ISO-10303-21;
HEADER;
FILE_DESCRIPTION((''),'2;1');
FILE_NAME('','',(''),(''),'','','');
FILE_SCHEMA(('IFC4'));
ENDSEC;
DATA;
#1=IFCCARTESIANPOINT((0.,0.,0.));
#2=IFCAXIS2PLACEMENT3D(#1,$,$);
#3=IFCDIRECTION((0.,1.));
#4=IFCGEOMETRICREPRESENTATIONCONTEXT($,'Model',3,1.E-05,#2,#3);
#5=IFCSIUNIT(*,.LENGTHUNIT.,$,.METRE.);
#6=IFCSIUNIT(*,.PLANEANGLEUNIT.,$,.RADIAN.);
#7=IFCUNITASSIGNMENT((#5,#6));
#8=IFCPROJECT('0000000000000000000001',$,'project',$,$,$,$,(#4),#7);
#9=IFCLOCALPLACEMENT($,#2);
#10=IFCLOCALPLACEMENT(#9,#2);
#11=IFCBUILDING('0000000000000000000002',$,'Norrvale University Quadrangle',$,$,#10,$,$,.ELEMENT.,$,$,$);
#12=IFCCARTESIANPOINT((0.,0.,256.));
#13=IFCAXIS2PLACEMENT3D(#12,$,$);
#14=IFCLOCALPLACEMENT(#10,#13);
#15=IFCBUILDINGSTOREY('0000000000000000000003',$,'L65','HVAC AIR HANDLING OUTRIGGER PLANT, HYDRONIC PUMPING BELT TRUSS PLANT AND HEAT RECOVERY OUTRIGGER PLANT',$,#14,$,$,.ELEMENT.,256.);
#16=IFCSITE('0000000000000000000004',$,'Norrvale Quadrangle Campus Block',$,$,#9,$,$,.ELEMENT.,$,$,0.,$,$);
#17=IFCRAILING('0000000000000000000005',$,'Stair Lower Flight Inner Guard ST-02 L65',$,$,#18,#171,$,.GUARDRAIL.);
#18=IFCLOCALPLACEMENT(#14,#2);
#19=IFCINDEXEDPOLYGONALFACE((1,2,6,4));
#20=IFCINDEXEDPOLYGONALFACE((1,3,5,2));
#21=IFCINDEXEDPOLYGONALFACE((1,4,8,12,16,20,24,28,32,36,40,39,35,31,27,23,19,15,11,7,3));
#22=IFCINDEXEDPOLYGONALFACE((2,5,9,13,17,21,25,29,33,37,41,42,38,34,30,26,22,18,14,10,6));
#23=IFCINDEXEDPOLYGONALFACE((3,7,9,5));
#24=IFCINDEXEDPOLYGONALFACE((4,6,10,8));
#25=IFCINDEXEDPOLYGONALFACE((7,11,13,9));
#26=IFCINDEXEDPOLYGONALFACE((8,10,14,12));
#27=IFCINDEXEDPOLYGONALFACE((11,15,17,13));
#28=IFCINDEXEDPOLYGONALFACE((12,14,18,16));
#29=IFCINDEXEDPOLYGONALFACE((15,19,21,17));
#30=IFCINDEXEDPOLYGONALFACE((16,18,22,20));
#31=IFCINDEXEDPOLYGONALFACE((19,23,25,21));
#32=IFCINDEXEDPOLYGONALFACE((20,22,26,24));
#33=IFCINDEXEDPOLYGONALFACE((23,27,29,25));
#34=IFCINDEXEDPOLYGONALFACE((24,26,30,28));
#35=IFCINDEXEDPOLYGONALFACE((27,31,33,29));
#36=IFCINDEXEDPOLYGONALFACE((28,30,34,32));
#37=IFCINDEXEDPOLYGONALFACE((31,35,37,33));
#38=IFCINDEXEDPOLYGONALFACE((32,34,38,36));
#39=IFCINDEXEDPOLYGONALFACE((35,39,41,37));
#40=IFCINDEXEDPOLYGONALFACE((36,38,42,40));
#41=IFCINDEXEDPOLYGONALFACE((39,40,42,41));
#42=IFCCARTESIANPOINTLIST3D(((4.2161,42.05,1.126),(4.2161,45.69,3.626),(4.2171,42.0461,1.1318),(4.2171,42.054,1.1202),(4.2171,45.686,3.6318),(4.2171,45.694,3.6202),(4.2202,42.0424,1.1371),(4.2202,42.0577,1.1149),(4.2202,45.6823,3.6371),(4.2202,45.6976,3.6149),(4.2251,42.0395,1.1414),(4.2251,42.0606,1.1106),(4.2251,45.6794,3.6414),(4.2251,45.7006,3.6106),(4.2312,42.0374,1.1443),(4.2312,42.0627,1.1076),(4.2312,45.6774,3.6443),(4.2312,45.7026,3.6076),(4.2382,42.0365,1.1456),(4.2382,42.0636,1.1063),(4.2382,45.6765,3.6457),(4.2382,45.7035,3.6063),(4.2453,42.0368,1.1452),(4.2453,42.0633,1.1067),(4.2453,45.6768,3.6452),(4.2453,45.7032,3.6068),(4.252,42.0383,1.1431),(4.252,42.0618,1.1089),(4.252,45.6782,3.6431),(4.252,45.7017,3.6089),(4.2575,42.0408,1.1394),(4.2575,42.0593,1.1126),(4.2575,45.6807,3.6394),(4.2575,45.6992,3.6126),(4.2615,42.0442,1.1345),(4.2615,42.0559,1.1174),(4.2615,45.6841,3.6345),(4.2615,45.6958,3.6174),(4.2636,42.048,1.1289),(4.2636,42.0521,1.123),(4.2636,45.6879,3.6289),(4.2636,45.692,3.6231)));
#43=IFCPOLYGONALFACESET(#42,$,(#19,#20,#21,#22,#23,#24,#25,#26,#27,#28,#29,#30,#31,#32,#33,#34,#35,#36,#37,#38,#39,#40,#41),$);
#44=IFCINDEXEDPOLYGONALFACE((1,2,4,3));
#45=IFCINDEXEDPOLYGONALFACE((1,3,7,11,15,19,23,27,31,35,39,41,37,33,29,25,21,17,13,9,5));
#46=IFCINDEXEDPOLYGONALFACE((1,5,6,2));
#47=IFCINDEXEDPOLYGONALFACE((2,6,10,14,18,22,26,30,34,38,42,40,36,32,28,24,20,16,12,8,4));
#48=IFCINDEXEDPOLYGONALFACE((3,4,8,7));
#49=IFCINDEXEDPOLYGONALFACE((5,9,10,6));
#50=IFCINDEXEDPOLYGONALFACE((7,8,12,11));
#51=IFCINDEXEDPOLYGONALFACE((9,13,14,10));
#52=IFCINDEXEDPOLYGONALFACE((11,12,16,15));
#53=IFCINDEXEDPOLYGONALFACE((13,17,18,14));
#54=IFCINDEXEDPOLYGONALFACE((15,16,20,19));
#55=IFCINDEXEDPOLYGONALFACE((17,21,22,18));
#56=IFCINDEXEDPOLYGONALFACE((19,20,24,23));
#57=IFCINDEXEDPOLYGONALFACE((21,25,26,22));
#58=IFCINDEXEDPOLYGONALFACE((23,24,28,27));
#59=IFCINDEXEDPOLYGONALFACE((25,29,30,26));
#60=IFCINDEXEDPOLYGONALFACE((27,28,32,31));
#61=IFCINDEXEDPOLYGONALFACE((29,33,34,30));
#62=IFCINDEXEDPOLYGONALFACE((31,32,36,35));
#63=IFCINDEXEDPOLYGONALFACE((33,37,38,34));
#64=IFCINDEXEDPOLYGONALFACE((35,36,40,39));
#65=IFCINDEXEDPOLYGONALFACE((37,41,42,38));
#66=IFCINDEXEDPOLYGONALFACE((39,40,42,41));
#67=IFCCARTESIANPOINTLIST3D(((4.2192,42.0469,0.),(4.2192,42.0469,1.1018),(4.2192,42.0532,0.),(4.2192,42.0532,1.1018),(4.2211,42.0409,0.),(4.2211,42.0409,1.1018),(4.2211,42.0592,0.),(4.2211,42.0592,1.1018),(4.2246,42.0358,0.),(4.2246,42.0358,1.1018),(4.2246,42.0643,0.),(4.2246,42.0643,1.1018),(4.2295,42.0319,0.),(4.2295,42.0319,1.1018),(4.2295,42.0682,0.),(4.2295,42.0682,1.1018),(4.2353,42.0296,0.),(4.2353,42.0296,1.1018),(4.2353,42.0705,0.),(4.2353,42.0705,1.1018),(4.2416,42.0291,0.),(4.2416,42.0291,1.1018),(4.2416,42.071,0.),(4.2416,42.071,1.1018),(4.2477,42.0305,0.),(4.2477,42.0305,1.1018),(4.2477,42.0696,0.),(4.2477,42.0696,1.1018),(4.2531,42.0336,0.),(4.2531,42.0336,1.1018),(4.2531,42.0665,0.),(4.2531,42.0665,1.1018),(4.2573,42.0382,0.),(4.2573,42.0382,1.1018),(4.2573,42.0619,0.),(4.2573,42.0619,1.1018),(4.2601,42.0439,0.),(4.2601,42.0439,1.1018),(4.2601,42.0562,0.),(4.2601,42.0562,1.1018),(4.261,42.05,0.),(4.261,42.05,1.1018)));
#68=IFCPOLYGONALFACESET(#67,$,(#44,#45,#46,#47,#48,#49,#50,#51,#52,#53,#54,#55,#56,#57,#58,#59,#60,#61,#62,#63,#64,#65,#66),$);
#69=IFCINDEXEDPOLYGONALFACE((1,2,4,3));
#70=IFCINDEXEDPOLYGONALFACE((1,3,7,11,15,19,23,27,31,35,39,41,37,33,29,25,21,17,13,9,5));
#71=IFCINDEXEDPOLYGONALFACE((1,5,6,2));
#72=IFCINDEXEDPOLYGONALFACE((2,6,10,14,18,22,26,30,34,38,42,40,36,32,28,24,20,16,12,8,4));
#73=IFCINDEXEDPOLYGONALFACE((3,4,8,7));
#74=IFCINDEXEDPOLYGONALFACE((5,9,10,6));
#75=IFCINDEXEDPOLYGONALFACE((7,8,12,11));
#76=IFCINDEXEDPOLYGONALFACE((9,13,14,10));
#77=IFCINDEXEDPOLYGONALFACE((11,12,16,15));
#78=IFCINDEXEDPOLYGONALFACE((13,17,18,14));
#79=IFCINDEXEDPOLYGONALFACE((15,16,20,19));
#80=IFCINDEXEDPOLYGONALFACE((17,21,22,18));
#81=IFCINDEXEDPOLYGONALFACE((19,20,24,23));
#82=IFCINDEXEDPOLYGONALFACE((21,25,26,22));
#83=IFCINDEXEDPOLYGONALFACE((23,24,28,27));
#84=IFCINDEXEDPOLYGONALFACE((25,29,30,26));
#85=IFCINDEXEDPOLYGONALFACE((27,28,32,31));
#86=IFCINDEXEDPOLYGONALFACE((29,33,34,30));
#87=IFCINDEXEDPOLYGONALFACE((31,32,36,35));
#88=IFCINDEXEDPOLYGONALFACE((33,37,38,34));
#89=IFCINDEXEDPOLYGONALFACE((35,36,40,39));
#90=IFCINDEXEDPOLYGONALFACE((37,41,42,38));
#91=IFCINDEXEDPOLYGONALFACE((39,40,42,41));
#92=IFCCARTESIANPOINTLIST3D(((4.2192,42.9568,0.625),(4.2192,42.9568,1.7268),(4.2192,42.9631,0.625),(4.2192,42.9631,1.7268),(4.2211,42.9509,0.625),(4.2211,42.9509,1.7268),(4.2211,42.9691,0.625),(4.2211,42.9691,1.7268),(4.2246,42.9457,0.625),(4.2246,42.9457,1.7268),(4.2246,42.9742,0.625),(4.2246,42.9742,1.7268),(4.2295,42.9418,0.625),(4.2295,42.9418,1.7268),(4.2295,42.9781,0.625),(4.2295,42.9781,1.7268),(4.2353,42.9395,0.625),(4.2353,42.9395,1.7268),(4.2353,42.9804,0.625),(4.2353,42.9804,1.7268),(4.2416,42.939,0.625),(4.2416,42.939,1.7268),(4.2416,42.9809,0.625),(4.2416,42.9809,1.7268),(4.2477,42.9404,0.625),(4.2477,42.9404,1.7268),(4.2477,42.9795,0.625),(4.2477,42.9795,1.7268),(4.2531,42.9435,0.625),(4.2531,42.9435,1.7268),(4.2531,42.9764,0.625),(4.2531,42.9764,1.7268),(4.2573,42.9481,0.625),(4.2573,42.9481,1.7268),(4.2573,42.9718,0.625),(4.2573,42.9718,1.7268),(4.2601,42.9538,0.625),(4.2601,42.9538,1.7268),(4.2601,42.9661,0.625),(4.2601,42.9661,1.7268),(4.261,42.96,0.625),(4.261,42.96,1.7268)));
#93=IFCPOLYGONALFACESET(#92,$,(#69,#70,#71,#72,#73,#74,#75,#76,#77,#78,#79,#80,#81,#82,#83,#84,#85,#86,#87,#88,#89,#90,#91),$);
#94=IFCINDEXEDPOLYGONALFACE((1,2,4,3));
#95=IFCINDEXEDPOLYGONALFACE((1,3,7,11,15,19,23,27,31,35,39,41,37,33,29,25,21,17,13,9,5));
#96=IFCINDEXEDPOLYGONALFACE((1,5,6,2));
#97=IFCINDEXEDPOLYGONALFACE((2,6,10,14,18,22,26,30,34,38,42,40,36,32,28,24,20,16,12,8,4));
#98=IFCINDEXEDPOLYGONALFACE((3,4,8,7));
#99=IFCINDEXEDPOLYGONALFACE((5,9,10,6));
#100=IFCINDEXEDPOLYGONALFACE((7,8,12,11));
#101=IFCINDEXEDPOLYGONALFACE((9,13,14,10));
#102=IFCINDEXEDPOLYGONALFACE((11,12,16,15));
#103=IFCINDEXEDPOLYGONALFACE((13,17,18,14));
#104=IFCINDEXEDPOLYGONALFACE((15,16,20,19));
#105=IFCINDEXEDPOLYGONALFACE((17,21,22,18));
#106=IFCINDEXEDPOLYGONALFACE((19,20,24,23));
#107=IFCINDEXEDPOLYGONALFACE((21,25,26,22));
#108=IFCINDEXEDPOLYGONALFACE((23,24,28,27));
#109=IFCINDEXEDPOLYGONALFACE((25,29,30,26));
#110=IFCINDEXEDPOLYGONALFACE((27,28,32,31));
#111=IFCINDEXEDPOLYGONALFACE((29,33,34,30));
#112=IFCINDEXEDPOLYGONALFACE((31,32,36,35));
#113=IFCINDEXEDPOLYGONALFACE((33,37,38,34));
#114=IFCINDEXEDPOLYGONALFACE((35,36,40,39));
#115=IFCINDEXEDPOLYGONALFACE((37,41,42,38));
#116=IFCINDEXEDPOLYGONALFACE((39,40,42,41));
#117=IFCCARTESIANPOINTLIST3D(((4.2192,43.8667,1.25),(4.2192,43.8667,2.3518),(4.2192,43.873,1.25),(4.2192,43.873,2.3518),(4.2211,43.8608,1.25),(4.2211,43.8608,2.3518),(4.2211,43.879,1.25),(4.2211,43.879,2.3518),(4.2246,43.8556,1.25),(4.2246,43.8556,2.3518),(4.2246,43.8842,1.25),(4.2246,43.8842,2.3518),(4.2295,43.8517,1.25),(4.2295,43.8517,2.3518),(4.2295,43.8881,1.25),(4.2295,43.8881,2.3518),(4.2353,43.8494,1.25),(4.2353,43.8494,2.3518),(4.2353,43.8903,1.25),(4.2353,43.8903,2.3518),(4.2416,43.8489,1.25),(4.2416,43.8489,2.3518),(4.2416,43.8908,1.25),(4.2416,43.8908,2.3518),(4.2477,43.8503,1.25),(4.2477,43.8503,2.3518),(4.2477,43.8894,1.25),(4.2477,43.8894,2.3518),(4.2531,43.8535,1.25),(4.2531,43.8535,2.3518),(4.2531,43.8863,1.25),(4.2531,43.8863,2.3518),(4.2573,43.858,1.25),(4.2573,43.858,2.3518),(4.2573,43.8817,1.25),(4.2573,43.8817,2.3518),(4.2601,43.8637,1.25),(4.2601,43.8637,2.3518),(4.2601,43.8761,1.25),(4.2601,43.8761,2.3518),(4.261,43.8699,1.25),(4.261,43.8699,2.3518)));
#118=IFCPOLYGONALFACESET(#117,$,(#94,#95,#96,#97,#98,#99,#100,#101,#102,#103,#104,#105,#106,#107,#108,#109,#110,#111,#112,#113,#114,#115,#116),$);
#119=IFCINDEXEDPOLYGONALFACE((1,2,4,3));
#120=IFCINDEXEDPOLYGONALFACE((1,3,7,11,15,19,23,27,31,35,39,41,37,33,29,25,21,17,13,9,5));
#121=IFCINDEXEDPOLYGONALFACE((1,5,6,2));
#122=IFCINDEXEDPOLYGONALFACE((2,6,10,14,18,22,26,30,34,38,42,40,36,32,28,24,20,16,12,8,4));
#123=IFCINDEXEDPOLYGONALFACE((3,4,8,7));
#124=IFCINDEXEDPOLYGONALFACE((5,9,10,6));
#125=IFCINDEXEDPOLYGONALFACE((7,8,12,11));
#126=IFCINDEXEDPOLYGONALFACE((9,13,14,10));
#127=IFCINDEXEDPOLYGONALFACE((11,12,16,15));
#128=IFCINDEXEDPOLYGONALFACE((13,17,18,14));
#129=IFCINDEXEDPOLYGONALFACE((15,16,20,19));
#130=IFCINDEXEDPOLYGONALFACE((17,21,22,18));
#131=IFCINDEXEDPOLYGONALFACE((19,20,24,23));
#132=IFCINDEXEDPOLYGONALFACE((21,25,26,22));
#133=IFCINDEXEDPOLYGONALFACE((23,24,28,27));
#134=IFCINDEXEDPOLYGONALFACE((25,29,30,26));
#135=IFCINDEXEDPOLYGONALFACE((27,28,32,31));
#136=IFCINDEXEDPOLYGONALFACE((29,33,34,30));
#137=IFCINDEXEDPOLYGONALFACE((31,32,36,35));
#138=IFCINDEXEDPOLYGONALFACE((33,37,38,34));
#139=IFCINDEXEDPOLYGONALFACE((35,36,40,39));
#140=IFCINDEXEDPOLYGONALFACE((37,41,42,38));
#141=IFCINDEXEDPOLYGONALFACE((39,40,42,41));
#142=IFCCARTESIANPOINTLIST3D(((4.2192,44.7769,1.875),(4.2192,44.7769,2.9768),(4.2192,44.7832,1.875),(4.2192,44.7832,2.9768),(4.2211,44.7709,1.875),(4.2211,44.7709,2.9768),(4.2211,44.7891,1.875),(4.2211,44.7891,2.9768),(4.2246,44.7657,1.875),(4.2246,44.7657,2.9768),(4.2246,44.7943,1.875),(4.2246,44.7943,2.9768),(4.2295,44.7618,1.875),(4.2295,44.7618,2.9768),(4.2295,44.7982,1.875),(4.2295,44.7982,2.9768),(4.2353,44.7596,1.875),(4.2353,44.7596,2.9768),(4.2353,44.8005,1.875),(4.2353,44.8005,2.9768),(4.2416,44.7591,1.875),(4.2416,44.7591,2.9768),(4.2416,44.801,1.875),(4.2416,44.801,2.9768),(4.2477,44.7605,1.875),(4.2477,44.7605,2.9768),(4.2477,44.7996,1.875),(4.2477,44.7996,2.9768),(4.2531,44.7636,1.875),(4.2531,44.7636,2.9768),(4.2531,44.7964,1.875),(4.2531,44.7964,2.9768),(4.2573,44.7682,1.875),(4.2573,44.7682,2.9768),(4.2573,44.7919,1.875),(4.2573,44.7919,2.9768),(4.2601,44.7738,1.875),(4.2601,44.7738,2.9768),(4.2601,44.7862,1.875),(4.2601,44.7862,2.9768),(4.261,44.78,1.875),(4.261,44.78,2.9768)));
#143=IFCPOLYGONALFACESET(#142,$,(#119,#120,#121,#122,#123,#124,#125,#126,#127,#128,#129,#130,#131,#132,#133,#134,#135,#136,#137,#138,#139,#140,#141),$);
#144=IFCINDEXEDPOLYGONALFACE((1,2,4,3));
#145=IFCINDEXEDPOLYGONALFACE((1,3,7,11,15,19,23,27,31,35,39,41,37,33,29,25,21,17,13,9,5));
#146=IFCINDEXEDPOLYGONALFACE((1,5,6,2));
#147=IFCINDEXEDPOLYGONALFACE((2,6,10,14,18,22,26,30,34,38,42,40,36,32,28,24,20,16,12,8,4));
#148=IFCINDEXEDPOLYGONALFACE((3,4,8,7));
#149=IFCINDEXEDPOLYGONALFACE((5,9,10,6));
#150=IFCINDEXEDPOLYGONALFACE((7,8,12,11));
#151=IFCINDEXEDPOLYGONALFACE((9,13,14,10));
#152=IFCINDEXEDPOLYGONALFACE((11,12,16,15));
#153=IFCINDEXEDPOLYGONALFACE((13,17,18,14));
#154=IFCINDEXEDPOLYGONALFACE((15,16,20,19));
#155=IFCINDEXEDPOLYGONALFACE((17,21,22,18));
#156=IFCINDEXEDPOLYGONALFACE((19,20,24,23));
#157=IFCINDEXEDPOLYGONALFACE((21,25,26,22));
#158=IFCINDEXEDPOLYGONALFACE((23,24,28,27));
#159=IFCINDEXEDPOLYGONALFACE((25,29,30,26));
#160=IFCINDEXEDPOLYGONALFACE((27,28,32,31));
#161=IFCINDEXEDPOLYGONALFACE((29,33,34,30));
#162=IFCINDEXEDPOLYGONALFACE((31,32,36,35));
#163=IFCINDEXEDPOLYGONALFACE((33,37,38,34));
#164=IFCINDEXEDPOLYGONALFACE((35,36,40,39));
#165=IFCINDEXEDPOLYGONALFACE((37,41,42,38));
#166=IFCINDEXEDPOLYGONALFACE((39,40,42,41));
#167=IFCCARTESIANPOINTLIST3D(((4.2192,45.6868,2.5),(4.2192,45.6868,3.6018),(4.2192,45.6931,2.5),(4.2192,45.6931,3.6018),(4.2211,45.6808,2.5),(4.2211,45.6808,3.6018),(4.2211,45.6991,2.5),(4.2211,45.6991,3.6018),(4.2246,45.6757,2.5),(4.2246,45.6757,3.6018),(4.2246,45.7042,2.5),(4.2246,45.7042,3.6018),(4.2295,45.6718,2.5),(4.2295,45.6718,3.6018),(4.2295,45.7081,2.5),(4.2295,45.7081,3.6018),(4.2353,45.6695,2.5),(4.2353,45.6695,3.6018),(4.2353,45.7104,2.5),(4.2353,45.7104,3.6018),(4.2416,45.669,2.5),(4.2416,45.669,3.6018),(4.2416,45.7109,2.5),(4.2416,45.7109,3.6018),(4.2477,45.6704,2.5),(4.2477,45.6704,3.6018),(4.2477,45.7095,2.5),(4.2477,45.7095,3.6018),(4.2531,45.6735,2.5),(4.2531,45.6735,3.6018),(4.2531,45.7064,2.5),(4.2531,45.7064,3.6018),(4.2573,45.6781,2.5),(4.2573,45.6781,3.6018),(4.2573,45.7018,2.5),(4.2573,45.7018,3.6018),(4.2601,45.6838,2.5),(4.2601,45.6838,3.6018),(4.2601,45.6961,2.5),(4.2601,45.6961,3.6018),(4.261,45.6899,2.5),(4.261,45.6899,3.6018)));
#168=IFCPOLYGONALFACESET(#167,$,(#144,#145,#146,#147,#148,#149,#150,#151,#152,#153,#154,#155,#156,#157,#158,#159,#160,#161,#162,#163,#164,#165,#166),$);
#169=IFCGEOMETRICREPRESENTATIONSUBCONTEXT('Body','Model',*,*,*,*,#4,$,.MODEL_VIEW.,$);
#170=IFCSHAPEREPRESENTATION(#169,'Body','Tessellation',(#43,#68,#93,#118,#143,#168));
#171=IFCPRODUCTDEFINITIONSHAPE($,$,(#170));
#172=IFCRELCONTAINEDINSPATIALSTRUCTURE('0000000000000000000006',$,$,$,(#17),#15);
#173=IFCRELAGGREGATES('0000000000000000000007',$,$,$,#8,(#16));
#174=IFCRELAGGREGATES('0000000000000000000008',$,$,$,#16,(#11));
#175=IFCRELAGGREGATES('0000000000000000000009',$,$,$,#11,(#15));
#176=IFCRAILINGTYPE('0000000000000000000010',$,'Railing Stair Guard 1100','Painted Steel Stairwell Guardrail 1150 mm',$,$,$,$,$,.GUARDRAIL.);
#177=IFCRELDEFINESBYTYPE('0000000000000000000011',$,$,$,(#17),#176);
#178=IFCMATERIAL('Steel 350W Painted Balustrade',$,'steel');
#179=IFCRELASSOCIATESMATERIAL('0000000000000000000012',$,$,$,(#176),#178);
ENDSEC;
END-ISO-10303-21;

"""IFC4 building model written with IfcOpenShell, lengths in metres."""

from ifc_helpers import new_model, si_unit, direction, frame, origin, origin_2d, place, context, subcontext, project, spatial, circle, extrude, material, type_object, element, save


model = new_model("IFC4")

# Units and contexts
model_context = context("Model", 3, precision=1e-05, world=origin(), true_north=direction((0.0, 1.0)))
body_context = subcontext(model_context, "Body", "Model", "MODEL_VIEW")
ifc_project = project(units=[si_unit("LENGTHUNIT", "METRE"), si_unit("PLANEANGLEUNIT", "RADIAN")], contexts=[model_context])

# Site, building, storey
site_placement = place(None, origin())
site = spatial("IfcSite", under=ifc_project, at=site_placement, Name="Norrvale Quadrangle Campus Block", CompositionType="ELEMENT", RefElevation=0.0)
building_placement = place(site_placement, origin())
building = spatial("IfcBuilding", under=site, at=building_placement, Name="Norrvale University Quadrangle", CompositionType="ELEMENT")
storey_placement = place(building_placement, frame((0.0, 0.0, 256.0)))
storey = spatial("IfcBuildingStorey", under=building, at=storey_placement, Name="L65", Description="HVAC AIR HANDLING OUTRIGGER PLANT, HYDRONIC PUMPING BELT TRUSS PLANT AND HEAT RECOVERY OUTRIGGER PLANT", CompositionType="ELEMENT", Elevation=256.0)

# Railing
ifc_material_1 = material(Name="Steel 350W Painted Balustrade", Category="steel")
railing_type_1 = type_object("IfcRailingType", Name="Railing Stair Guard 1100", Description="Painted Steel Stairwell Guardrail 1150 mm", PredefinedType="GUARDRAIL", material=ifc_material_1)
railing_1_placement = place(storey_placement, frame((4.24, 42.05, 0.0)))
element("IfcRailing", 1, at=railing_1_placement, inside=storey, type_object=railing_type_1, Name="Stair Lower Flight Inner Guard ST-02 L65", PredefinedType="GUARDRAIL", context=body_context, shape_type="SweptSolid", body=[
    extrude(circle(Radius=0.0239, at=origin_2d()), frame((0.0, 0.0, 1.126), z_axis=(0.0, 0.824298, 0.566156), x_axis=(-1.0, 0.0, 0.0)), (0.0, 0.0, 1.0), 4.4158),
    extrude(circle(Radius=0.021, at=origin_2d()), origin(), (0.0, 0.0, 1.0), 1.1018),
    extrude(circle(Radius=0.021, at=origin_2d()), frame((0.0, 0.9099, 0.625)), (0.0, 0.0, 1.0), 1.1018),
    extrude(circle(Radius=0.021, at=origin_2d()), frame((0.0, 1.8198, 1.25)), (0.0, 0.0, 1.0), 1.1018),
    extrude(circle(Radius=0.021, at=origin_2d()), frame((0.0, 2.73, 1.875)), (0.0, 0.0, 1.0), 1.1018),
    extrude(circle(Radius=0.021, at=origin_2d()), frame((0.0, 3.6399, 2.5)), (0.0, 0.0, 1.0), 1.1018),
])

save(model, "model.ifc")
